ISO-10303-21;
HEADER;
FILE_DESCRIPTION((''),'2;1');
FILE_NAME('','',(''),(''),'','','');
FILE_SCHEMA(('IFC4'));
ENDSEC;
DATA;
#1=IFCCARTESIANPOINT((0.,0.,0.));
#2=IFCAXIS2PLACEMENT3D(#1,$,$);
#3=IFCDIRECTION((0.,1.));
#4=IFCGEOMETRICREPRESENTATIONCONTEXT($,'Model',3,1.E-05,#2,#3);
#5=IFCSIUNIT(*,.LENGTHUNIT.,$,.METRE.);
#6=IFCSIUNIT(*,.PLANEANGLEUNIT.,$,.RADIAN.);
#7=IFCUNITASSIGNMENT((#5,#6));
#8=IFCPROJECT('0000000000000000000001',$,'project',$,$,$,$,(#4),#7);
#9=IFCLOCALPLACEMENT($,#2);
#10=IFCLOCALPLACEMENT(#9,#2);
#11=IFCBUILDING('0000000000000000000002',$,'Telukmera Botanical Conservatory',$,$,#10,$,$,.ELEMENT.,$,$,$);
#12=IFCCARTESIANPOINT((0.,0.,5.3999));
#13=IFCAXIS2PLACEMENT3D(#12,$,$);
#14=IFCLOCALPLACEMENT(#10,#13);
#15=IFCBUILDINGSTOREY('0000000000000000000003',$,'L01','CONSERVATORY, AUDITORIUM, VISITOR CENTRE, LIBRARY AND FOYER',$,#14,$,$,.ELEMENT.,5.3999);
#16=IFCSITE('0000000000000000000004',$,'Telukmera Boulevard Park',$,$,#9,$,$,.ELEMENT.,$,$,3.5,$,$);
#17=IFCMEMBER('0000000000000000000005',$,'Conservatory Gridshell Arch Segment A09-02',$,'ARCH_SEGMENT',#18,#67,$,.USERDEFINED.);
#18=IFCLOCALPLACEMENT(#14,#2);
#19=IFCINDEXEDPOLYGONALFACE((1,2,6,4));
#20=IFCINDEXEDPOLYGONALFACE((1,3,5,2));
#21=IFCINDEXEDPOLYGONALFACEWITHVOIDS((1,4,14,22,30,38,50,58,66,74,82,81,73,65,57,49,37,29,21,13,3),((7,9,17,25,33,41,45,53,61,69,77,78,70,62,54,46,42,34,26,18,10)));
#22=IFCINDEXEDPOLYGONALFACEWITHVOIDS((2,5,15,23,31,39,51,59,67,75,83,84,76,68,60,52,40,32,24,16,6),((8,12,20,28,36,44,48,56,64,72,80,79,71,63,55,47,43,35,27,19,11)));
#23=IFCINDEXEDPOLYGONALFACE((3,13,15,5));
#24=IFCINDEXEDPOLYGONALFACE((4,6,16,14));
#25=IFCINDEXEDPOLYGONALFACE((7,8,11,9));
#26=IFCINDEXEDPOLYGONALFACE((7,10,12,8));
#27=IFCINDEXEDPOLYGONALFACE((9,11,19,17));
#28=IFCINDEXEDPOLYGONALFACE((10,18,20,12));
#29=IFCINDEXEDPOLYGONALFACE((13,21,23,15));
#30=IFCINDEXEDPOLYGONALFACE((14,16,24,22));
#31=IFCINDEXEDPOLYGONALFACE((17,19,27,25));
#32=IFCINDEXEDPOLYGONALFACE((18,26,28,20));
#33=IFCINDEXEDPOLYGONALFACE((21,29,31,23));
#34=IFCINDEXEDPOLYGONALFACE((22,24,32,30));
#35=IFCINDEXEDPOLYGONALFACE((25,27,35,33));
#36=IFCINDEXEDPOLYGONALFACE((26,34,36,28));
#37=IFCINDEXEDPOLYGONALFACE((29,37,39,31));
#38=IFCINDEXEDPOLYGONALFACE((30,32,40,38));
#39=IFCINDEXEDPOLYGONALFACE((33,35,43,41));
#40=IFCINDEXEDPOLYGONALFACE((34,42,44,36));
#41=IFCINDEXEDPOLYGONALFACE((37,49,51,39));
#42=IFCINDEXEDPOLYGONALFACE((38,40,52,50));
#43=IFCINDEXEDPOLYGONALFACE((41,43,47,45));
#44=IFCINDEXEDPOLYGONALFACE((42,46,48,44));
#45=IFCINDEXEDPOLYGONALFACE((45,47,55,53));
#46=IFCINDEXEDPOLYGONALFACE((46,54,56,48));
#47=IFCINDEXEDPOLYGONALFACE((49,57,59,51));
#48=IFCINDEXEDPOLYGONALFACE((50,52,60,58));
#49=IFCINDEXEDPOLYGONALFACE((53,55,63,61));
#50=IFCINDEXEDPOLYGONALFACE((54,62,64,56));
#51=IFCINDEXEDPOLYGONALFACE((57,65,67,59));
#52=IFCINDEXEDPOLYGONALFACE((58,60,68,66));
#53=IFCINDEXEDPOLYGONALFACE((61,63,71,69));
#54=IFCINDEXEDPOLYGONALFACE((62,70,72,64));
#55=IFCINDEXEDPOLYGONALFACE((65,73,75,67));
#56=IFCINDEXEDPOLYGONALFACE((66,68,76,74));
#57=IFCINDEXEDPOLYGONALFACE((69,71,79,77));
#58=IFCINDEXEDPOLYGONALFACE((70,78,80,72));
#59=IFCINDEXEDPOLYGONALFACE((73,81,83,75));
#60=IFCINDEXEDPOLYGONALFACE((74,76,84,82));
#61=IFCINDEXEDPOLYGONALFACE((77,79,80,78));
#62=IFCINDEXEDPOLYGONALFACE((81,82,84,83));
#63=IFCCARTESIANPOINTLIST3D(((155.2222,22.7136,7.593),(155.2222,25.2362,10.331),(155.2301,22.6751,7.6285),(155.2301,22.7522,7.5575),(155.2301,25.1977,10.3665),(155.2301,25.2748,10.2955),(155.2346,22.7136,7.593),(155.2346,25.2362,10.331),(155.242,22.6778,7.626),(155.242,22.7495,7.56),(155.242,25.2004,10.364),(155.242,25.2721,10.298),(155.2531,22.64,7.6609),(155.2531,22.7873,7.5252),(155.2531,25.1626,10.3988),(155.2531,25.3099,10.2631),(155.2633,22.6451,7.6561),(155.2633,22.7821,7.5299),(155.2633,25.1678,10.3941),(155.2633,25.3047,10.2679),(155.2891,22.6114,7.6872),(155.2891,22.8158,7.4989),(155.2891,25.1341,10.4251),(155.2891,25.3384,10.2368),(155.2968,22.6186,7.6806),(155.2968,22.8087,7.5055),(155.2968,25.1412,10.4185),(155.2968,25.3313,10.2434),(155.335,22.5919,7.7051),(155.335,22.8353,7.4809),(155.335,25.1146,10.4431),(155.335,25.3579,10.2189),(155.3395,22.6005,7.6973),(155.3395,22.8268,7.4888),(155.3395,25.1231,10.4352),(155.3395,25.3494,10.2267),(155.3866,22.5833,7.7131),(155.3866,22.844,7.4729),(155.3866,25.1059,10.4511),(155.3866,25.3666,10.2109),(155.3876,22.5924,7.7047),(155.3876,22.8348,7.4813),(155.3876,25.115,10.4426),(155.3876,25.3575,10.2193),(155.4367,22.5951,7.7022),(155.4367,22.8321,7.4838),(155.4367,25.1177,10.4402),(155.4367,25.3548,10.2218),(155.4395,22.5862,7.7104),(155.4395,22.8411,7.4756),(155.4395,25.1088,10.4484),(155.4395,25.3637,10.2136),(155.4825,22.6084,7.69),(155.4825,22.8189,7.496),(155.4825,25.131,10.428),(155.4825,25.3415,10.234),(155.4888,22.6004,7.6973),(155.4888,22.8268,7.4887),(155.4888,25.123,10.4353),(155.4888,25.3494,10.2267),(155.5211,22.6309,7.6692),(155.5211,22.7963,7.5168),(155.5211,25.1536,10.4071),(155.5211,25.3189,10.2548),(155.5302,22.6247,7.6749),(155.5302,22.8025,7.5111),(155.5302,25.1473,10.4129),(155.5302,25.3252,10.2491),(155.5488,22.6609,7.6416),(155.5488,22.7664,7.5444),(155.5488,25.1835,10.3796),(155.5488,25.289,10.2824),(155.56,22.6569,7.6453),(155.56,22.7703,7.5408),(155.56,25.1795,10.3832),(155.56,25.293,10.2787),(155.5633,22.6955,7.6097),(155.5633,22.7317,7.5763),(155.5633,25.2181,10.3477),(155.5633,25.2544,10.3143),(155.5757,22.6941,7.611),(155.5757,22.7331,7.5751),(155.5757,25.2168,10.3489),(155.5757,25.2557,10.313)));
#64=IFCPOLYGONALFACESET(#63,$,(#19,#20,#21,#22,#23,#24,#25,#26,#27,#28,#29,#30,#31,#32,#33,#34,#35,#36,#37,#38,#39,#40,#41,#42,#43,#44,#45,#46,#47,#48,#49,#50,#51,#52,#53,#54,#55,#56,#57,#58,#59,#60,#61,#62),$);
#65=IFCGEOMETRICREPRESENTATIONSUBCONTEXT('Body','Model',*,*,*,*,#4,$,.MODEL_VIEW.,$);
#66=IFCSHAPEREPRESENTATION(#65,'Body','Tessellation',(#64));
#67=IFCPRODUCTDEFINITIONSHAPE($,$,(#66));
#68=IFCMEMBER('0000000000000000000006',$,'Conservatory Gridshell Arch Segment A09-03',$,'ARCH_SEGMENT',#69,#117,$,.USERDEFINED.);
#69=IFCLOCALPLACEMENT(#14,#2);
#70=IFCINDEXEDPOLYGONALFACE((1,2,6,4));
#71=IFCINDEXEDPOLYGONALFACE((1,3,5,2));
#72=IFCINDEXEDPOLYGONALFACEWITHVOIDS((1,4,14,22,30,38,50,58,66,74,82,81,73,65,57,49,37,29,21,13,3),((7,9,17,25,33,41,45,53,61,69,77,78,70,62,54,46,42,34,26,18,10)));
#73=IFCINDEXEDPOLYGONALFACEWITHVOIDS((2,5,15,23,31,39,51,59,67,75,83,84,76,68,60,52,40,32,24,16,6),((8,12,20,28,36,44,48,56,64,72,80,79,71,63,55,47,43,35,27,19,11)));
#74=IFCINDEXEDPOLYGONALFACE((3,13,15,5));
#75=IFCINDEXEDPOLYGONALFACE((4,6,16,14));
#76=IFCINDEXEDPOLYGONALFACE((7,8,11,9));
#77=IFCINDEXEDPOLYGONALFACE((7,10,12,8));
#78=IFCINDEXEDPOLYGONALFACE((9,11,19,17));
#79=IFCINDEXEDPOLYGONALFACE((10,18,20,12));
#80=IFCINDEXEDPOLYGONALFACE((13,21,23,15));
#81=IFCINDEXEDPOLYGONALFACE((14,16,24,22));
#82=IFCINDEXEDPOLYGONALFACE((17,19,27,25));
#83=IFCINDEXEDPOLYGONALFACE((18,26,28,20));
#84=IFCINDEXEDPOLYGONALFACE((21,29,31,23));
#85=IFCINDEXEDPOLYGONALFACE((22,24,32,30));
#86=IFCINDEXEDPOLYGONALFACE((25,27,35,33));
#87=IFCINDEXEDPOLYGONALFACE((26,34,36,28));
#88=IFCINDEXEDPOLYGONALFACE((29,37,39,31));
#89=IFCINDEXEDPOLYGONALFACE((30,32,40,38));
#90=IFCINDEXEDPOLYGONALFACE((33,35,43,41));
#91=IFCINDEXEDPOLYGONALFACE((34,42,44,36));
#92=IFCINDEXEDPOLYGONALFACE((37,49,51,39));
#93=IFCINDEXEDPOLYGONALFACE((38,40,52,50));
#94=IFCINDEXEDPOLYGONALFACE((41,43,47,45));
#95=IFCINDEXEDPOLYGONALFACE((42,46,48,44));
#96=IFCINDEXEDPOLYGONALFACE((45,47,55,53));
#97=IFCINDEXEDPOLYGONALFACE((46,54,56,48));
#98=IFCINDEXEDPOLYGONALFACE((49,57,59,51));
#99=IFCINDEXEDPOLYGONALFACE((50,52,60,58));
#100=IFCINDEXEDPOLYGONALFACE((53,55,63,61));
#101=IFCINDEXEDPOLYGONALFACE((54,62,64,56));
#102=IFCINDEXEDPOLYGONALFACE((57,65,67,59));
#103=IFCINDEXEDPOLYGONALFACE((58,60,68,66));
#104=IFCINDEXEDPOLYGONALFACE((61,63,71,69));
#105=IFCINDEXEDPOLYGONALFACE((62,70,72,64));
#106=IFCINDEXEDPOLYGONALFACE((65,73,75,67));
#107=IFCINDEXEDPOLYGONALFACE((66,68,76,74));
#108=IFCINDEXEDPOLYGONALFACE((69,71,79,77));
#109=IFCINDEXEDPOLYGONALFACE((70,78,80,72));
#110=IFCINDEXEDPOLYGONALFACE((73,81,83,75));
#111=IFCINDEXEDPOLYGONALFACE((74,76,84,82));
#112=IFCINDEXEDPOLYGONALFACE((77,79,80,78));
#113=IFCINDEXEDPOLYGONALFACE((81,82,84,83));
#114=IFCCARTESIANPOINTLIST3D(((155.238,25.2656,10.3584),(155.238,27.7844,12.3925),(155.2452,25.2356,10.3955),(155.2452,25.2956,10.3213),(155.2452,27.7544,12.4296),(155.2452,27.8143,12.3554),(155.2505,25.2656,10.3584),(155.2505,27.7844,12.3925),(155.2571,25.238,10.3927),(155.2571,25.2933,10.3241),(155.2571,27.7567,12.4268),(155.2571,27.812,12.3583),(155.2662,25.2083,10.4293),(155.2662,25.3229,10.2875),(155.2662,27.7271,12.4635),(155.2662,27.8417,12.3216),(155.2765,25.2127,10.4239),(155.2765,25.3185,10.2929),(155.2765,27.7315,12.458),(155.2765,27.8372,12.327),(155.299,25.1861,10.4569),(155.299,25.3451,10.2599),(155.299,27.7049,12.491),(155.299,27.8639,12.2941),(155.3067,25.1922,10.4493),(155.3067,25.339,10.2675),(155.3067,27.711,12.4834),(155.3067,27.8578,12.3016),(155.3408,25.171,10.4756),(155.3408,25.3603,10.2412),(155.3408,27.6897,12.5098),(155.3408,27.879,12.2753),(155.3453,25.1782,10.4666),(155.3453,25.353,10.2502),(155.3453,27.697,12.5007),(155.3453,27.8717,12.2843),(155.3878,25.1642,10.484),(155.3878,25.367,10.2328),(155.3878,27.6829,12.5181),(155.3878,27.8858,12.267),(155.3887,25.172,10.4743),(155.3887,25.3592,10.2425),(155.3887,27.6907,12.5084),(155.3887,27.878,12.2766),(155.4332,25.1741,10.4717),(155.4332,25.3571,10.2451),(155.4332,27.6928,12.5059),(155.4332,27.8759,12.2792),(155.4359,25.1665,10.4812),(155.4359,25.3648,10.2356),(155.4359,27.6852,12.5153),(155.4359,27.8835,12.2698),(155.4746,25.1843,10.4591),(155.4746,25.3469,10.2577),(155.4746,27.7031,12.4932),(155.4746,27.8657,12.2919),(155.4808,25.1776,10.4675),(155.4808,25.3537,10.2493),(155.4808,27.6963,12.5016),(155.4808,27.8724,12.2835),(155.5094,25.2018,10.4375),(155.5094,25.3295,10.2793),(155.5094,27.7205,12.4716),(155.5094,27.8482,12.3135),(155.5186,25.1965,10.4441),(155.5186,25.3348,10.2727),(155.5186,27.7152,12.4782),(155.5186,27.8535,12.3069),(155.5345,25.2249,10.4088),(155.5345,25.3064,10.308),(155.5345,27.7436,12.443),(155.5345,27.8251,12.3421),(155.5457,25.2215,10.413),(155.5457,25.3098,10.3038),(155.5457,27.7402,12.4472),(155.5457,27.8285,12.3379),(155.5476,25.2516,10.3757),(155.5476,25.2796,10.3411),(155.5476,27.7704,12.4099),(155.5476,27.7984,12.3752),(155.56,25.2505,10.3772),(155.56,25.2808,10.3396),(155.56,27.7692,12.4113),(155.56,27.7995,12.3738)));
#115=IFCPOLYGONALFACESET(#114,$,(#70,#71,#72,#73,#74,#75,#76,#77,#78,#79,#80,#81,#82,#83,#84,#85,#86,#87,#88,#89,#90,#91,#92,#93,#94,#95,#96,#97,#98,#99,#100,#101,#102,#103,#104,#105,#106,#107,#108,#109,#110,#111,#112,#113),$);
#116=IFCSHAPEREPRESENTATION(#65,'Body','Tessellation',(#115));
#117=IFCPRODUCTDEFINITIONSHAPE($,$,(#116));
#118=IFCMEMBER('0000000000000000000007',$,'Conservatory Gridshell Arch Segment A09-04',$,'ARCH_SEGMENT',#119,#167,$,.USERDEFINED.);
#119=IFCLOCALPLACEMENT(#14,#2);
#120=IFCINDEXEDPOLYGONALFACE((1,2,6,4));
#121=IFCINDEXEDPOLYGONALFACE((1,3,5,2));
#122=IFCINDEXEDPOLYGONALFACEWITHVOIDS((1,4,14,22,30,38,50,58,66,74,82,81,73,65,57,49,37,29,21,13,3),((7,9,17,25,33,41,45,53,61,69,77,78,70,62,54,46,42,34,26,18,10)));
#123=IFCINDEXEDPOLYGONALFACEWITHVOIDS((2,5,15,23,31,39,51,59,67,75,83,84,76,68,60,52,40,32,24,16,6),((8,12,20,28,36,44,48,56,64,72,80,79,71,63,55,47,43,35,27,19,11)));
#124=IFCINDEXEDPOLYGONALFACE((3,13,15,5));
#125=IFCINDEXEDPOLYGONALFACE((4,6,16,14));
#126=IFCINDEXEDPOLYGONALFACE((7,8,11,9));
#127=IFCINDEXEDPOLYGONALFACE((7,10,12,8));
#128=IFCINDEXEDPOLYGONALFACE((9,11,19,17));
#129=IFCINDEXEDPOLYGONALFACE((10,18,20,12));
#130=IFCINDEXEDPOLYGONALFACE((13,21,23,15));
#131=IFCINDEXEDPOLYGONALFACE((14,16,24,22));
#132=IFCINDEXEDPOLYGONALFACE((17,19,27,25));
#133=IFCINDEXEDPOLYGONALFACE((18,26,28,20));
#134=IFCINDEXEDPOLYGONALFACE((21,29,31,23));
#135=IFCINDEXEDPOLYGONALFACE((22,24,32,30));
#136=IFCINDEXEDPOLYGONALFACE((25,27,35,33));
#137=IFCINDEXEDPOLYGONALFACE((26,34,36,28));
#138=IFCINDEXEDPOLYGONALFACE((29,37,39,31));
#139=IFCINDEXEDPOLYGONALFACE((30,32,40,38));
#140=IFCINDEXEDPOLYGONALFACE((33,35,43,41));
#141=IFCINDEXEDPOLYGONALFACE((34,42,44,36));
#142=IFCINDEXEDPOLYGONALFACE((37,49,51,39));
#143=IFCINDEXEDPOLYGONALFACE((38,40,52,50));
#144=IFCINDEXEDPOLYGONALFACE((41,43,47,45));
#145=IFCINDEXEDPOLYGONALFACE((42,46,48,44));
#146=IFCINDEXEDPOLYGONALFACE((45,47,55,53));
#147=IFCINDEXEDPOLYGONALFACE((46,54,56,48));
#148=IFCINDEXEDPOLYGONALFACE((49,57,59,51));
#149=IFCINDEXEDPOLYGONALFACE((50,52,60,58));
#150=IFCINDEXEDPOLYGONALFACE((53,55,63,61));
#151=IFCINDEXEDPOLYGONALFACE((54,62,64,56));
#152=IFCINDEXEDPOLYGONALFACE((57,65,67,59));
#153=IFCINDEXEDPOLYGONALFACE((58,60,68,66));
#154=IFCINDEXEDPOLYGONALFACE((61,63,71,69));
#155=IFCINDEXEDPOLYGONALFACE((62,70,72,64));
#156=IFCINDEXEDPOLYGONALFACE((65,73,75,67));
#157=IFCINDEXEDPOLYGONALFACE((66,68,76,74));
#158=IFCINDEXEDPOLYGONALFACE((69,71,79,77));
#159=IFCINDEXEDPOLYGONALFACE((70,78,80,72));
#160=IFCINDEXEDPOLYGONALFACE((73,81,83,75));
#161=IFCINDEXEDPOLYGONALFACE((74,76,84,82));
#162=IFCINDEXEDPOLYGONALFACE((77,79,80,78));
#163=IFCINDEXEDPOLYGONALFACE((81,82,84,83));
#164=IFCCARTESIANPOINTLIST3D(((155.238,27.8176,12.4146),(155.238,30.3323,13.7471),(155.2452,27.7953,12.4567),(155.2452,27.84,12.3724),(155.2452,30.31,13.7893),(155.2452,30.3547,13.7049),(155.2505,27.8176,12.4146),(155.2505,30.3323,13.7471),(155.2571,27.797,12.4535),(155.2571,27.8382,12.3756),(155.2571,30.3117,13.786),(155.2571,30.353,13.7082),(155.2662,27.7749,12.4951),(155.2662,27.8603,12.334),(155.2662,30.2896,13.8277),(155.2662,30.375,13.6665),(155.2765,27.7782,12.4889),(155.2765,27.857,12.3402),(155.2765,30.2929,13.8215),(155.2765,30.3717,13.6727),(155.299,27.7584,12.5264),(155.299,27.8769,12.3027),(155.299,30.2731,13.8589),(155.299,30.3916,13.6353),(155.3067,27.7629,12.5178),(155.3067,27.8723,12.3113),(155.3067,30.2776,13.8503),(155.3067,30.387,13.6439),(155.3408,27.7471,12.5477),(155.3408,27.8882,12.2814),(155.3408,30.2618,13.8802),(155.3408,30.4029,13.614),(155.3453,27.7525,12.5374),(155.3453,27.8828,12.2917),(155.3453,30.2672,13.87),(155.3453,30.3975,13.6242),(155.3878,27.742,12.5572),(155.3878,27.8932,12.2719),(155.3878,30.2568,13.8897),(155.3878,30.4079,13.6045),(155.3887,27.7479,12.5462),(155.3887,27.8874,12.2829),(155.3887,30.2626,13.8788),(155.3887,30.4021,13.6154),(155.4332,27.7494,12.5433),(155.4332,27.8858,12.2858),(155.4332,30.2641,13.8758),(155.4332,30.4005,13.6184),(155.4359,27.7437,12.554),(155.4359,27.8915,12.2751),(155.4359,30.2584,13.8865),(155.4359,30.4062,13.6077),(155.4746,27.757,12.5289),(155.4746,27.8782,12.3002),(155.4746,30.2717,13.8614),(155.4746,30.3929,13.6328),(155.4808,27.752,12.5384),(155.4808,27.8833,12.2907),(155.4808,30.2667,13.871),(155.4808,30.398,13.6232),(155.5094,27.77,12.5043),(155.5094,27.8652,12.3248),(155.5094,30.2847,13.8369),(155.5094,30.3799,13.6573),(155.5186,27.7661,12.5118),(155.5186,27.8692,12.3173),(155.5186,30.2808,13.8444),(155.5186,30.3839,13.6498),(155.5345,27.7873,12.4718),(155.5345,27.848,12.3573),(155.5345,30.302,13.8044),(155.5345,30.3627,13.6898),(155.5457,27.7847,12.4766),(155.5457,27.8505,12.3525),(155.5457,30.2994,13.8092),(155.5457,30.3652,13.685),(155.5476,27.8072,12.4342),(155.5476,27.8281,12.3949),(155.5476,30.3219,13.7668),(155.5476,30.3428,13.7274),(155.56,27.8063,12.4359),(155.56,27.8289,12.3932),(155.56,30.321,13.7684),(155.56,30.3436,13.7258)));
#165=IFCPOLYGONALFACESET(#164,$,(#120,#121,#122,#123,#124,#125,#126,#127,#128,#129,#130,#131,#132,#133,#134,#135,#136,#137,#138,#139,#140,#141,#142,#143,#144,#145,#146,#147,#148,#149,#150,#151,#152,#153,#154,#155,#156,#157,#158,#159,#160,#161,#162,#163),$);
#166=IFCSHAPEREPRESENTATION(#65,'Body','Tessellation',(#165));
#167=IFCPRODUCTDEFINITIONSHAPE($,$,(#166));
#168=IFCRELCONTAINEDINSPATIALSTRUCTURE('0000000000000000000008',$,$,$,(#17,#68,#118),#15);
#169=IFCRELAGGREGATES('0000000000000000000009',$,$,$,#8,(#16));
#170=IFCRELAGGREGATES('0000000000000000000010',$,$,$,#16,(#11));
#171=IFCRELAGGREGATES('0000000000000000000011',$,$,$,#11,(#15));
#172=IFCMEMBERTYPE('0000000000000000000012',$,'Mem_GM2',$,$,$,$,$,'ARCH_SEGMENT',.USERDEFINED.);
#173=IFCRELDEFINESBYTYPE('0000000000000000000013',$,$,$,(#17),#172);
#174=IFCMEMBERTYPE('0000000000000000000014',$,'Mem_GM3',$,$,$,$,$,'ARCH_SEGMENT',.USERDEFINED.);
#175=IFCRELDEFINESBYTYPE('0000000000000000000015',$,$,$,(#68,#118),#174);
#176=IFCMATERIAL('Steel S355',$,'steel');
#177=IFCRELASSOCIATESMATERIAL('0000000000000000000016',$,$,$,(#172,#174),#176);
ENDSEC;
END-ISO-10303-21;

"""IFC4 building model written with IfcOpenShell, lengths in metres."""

from ifc_helpers import new_model, si_unit, direction, frame, origin, origin_2d, place, context, subcontext, project, spatial, hollow_circle, extrude, material, material_profile, profile_set, type_object, element, save


model = new_model("IFC4")

# Units and contexts
model_context = context("Model", 3, precision=1e-05, world=origin(), true_north=direction((0.0, 1.0)))
body_context = subcontext(model_context, "Body", "Model", "MODEL_VIEW")
ifc_project = project(units=[si_unit("LENGTHUNIT", "METRE"), si_unit("PLANEANGLEUNIT", "RADIAN")], contexts=[model_context])

# Site, building, storey
site_placement = place(None, origin())
site = spatial("IfcSite", under=ifc_project, at=site_placement, Name="Telukmera Boulevard Park", CompositionType="ELEMENT", RefElevation=3.5)
building_placement = place(site_placement, origin())
building = spatial("IfcBuilding", under=site, at=building_placement, Name="Telukmera Botanical Conservatory", CompositionType="ELEMENT")
storey_placement = place(building_placement, frame((0.0, 0.0, 5.3999)))
storey = spatial("IfcBuildingStorey", under=building, at=storey_placement, Name="L01", Description="CONSERVATORY, AUDITORIUM, VISITOR CENTRE, LIBRARY AND FOYER", CompositionType="ELEMENT", Elevation=5.3999)

# Members
ifc_material = material(Name="Steel S355", Category="steel")
ifc_material_profile_1 = material_profile(ifc_material, hollow_circle(Radius=0.1777, WallThickness=0.0125, at=origin_2d()), Name="CHS 355.6x12.5")
ifc_profile_set_1 = profile_set([ifc_material_profile_1], Name="Steel S355")
member_type_1 = type_object("IfcMemberType", Name="Mem_GM2", ElementType="ARCH_SEGMENT", PredefinedType="USERDEFINED", material=ifc_profile_set_1)
member_1_placement = place(storey_placement, frame((155.3999, 22.7136, 7.593), z_axis=(0.0, 0.677596, 0.735434), x_axis=(-1.0, 0.0, 0.0)))
element("IfcMember", 1, at=member_1_placement, inside=storey, type_object=member_type_1, Name="Conservatory Gridshell Arch Segment A09-02", ObjectType="ARCH_SEGMENT", PredefinedType="USERDEFINED", context=body_context, shape_type="SweptSolid", body=[
    extrude(hollow_circle(Radius=0.1777, WallThickness=0.0125, at=origin_2d()), origin(), (0.0, 0.0, 1.0), 3.7229),
])
ifc_material_profile_2 = material_profile(ifc_material, hollow_circle(Radius=0.1619, WallThickness=0.0125, at=origin_2d()), Name="CHS 323.9x12.5")
ifc_profile_set_2 = profile_set([ifc_material_profile_2], Name="Steel S355")
member_type_2 = type_object("IfcMemberType", Name="Mem_GM3", ElementType="ARCH_SEGMENT", PredefinedType="USERDEFINED", material=ifc_profile_set_2)
member_2_placement = place(storey_placement, frame((155.3999, 25.2656, 10.3584), z_axis=(0.0, 0.777977, 0.628293), x_axis=(-1.0, 0.0, 0.0)))
element("IfcMember", 2, at=member_2_placement, inside=storey, type_object=member_type_2, Name="Conservatory Gridshell Arch Segment A09-03", ObjectType="ARCH_SEGMENT", PredefinedType="USERDEFINED", context=body_context, shape_type="SweptSolid", body=[
    extrude(hollow_circle(Radius=0.1619, WallThickness=0.0125, at=origin_2d()), origin(), (0.0, 0.0, 1.0), 3.2375),
])
member_3_placement = place(storey_placement, frame((155.3999, 27.8176, 12.4146), z_axis=(0.0, 0.883608, 0.468227), x_axis=(-1.0, 0.0, 0.0)))
element("IfcMember", 3, at=member_3_placement, inside=storey, type_object=member_type_2, Name="Conservatory Gridshell Arch Segment A09-04", ObjectType="ARCH_SEGMENT", PredefinedType="USERDEFINED", context=body_context, shape_type="SweptSolid", body=[
    extrude(hollow_circle(Radius=0.1619, WallThickness=0.0125, at=origin_2d()), origin(), (0.0, 0.0, 1.0), 2.8459),
])

save(model, "model.ifc")
